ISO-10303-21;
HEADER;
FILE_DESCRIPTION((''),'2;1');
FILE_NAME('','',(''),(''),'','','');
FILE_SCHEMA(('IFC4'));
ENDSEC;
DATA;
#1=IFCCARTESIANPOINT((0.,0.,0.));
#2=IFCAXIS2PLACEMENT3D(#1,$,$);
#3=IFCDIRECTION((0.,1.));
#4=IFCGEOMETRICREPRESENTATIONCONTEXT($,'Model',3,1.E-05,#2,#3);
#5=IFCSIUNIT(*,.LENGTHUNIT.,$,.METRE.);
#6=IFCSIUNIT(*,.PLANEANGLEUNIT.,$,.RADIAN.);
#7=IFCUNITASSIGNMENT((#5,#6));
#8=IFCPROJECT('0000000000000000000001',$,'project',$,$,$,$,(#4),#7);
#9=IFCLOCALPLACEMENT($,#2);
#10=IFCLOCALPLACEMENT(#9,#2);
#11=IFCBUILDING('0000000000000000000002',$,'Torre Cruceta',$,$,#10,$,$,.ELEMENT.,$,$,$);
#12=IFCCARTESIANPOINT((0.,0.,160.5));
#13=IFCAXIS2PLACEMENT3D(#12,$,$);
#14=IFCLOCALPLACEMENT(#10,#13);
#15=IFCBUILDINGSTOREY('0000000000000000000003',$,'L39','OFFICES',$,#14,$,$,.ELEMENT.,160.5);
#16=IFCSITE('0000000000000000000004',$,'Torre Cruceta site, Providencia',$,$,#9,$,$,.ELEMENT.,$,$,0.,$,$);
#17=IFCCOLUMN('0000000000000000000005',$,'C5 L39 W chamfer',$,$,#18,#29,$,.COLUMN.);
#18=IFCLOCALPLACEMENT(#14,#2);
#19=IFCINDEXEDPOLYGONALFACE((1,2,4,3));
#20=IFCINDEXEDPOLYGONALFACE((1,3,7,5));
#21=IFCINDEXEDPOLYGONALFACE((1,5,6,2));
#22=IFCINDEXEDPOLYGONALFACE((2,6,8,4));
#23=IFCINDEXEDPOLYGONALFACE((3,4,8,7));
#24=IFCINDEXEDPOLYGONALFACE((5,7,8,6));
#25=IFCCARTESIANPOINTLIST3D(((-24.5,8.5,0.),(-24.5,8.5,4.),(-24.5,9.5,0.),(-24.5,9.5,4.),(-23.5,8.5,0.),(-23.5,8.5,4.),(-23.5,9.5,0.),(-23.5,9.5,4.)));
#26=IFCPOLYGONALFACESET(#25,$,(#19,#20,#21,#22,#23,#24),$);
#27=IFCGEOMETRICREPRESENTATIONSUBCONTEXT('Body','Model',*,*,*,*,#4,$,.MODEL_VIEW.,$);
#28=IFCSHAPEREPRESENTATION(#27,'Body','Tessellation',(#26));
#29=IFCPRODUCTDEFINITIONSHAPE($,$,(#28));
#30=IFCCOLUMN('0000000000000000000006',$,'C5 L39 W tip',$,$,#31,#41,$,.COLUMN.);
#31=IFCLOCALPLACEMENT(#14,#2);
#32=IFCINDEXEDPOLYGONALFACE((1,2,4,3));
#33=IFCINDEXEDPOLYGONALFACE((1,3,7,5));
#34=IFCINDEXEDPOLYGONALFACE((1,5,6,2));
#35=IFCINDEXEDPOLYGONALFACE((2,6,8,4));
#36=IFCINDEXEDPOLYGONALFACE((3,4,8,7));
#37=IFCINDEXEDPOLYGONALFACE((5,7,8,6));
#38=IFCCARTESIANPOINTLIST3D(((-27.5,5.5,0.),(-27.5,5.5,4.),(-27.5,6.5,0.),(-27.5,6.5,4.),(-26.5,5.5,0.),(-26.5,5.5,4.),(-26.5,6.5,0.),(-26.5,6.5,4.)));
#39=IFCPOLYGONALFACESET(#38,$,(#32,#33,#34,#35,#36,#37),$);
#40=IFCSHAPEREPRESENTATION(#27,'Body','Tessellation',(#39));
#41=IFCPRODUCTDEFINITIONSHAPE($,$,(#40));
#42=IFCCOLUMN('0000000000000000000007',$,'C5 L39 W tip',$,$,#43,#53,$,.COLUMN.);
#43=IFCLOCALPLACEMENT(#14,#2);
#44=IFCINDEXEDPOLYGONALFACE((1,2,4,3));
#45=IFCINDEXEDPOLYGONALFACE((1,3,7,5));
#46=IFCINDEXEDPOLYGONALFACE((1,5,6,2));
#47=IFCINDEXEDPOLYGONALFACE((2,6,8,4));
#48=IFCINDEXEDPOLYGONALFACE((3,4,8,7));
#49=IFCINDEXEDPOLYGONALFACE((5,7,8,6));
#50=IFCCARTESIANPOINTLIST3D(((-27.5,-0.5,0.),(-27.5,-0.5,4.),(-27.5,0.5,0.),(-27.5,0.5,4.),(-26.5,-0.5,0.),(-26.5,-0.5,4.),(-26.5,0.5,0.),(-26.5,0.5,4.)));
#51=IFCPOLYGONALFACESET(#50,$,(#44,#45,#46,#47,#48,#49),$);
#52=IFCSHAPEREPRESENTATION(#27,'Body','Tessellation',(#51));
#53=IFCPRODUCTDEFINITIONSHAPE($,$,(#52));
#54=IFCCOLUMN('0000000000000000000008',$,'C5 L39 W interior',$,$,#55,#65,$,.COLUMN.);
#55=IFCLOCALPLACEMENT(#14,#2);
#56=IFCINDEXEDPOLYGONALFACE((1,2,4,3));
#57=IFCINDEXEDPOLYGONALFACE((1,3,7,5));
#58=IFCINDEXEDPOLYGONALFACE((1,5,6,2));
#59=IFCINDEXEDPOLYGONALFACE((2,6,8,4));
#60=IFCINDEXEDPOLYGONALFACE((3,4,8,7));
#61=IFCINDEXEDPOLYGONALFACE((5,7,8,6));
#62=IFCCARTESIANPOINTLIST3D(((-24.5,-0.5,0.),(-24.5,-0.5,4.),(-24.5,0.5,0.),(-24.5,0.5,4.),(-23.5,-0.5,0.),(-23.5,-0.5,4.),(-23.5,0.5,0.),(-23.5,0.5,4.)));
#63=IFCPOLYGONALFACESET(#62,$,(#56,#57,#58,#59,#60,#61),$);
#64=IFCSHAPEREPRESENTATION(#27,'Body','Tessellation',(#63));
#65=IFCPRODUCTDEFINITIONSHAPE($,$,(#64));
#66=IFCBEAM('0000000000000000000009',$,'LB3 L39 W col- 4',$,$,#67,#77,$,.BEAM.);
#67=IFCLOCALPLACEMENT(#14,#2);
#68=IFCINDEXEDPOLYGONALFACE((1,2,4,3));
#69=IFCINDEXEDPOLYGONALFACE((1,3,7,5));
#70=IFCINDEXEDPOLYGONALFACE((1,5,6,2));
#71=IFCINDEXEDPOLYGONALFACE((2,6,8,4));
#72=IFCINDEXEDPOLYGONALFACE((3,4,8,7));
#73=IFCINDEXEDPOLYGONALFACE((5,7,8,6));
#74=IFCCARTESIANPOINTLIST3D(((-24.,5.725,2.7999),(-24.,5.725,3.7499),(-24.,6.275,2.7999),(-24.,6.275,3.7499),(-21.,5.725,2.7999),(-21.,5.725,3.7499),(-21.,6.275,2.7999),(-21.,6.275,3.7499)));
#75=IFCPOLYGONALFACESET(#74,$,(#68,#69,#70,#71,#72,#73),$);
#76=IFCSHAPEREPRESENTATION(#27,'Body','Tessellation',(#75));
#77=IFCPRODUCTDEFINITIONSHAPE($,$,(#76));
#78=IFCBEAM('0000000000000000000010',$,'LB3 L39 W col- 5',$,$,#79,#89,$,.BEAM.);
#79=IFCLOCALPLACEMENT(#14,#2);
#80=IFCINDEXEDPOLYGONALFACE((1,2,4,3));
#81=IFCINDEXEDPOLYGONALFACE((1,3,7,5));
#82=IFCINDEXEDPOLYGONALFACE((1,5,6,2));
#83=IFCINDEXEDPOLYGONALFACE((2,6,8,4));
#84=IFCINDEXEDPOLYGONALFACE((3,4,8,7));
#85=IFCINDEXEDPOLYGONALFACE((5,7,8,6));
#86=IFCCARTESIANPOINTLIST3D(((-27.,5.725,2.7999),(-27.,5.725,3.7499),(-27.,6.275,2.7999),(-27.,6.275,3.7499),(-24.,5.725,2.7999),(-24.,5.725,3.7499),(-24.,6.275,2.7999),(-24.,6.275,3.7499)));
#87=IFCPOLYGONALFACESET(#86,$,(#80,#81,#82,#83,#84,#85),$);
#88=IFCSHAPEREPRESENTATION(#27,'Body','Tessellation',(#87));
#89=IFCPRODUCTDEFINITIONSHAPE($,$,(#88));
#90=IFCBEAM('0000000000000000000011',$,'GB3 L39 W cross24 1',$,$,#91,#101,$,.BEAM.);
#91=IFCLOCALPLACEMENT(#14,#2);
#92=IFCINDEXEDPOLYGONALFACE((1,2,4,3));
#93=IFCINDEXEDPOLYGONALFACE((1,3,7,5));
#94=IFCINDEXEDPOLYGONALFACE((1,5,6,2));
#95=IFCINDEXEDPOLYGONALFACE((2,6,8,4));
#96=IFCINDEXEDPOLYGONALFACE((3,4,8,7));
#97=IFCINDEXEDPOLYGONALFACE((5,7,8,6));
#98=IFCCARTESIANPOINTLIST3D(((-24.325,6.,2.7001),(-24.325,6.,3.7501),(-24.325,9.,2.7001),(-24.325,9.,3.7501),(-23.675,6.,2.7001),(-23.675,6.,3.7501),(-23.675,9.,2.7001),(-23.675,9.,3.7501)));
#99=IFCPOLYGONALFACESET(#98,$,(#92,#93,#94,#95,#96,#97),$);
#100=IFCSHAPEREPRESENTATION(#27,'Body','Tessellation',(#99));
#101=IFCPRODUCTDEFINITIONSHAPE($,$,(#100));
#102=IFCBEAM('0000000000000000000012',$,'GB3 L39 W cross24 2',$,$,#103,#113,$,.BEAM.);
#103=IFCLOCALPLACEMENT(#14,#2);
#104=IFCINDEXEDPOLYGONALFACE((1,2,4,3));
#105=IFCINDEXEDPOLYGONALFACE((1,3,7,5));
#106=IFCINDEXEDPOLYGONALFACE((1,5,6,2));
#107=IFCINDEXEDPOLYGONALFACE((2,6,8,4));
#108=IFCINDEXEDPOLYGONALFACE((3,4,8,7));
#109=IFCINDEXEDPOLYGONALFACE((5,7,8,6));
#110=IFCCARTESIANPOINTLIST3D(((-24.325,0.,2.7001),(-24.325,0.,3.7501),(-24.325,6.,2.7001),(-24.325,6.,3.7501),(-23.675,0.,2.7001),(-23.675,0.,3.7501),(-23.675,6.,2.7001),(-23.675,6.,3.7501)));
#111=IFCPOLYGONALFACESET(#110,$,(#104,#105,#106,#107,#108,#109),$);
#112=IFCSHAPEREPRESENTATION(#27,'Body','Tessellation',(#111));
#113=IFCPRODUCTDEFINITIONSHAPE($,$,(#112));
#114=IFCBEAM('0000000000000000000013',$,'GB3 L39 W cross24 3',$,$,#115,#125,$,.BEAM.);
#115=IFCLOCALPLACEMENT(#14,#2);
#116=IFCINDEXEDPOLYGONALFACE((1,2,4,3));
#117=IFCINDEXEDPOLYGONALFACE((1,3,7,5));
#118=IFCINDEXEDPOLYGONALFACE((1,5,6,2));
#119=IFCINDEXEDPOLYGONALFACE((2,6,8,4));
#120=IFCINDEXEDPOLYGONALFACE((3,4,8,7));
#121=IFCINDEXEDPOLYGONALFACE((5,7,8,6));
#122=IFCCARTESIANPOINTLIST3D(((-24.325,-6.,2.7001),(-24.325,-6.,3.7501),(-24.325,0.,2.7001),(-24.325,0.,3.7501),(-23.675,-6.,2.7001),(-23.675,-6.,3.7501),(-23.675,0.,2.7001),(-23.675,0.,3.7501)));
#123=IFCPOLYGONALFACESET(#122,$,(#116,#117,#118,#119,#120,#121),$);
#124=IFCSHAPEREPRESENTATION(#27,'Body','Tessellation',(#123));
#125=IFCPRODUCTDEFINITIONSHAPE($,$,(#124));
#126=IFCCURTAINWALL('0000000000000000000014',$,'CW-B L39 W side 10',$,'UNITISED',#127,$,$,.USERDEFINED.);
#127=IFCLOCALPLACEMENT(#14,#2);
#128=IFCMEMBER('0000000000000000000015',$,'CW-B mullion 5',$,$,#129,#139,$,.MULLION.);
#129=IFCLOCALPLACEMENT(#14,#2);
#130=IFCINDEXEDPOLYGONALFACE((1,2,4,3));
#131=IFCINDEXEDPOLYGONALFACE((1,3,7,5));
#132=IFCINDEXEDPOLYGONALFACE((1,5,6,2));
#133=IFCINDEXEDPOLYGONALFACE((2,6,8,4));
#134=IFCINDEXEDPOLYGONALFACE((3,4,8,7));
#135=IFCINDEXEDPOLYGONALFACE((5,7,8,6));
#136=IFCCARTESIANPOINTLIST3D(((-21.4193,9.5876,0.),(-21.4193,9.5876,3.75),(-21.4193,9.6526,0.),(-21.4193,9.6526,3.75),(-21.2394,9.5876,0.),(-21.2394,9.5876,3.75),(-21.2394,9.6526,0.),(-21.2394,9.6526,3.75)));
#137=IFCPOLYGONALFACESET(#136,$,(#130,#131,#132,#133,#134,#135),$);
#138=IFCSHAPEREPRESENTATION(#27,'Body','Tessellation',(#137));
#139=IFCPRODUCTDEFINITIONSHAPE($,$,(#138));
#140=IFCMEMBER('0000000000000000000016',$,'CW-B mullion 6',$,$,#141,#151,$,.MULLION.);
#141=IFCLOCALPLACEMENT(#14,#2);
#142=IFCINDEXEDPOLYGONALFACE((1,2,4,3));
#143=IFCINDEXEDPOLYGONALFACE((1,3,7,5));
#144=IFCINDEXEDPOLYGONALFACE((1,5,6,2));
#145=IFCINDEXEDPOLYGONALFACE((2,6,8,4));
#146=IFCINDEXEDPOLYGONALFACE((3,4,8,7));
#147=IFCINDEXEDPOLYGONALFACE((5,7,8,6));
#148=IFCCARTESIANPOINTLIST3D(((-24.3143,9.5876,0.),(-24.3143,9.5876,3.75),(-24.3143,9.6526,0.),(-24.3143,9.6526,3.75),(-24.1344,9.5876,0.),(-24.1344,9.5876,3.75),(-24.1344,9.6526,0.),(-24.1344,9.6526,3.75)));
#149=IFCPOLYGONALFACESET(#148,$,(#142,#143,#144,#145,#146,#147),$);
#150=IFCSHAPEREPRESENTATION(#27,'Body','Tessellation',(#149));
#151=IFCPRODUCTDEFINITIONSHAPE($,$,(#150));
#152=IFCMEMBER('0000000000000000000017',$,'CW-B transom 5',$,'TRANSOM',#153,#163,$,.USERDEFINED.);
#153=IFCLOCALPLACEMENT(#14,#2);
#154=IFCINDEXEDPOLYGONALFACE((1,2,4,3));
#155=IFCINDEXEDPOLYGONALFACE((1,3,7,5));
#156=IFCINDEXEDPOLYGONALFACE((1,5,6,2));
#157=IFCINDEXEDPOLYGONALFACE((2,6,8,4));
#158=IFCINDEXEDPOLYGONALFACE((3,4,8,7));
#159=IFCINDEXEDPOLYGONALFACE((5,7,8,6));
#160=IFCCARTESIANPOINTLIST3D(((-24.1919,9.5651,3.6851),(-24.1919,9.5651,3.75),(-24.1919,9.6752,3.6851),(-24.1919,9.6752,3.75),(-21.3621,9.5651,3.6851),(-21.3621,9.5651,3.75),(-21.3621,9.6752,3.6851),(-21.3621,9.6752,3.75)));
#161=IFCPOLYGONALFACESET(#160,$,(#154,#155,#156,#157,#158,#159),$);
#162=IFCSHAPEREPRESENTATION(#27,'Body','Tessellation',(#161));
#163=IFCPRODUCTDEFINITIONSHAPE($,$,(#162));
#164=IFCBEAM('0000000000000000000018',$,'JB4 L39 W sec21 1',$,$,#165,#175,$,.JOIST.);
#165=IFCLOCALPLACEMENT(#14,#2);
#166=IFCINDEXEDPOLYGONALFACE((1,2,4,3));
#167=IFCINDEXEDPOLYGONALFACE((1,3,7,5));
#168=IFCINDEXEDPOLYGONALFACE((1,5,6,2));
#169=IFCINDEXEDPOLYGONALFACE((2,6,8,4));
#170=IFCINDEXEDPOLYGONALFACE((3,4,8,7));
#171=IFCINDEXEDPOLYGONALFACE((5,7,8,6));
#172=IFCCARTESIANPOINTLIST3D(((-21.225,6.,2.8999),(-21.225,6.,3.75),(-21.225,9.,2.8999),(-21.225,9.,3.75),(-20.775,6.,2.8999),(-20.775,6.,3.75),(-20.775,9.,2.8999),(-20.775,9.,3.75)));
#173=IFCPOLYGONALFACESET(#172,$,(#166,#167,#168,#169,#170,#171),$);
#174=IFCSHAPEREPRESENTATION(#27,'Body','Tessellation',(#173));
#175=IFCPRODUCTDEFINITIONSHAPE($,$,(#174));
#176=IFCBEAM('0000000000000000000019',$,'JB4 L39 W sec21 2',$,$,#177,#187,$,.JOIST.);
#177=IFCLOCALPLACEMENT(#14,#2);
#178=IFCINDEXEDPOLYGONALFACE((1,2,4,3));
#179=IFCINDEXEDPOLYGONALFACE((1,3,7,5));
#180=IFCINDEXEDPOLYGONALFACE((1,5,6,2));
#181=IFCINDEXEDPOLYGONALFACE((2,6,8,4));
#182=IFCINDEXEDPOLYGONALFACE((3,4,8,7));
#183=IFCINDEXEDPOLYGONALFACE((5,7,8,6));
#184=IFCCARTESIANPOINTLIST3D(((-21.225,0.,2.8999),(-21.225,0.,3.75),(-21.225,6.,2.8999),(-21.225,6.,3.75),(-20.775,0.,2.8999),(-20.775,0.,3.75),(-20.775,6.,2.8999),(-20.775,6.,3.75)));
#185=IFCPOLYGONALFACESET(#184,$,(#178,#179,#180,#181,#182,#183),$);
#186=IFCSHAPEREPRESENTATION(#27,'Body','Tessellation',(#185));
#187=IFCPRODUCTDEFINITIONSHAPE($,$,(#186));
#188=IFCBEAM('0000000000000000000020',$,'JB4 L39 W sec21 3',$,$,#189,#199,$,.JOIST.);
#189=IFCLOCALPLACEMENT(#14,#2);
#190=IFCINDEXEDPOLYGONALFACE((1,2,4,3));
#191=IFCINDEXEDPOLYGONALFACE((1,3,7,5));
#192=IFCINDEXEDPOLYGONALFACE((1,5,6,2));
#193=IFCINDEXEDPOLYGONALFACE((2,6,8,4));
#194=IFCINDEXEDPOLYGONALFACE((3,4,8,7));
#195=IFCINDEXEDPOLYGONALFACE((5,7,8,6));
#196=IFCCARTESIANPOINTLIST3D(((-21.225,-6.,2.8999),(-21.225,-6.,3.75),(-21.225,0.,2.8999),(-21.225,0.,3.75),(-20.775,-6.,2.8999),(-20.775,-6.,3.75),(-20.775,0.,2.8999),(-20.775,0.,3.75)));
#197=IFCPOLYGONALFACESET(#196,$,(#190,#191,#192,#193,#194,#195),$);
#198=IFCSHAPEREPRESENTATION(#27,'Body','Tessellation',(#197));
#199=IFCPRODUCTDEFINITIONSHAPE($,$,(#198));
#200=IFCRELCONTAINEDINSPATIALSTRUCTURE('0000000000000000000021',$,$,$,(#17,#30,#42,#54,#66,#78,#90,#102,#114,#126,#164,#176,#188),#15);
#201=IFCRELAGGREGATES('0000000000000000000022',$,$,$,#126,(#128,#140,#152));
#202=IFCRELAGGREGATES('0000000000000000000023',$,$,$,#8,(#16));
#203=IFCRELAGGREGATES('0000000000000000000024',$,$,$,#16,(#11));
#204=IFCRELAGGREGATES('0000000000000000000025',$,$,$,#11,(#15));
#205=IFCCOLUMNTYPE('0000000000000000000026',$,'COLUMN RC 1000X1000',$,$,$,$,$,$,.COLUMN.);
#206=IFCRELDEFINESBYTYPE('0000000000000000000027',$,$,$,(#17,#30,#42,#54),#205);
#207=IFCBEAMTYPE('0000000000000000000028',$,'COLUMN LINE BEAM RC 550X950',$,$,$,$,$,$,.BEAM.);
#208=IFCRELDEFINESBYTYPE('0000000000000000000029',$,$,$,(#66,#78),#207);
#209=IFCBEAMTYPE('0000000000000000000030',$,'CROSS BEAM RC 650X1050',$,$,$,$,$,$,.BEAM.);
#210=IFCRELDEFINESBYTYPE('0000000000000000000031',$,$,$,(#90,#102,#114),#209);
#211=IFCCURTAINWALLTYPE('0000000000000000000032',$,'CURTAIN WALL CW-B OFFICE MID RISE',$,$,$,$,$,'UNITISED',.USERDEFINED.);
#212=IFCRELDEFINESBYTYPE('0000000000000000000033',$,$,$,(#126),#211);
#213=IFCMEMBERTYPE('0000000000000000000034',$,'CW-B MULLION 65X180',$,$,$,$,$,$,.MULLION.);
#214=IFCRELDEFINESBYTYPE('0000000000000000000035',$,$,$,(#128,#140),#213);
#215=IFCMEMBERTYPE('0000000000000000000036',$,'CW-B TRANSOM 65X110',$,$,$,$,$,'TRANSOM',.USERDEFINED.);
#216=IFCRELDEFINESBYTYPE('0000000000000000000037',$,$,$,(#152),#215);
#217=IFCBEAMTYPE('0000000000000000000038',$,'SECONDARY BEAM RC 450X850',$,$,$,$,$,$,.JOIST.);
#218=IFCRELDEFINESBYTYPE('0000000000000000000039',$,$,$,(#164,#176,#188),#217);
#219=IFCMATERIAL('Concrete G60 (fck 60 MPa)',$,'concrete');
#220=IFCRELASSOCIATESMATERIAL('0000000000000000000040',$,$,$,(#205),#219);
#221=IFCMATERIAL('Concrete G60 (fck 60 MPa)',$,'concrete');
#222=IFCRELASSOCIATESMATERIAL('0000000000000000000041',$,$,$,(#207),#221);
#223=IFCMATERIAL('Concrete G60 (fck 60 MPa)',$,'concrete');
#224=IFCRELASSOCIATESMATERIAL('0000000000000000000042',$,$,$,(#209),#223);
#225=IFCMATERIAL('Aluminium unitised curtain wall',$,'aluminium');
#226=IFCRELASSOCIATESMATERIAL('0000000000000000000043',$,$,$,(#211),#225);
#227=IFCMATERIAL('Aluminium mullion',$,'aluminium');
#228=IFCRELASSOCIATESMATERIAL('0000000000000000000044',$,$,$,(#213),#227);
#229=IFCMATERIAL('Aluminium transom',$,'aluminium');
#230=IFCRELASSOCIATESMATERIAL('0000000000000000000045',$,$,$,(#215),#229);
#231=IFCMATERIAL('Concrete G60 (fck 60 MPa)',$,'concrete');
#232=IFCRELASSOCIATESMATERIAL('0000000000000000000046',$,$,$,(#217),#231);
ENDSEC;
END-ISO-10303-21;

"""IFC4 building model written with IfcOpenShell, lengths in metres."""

from ifc_helpers import new_model, si_unit, direction, frame, origin, origin_2d, place, context, subcontext, project, spatial, rectangle, extrude, material, material_profile, profile_set, type_object, element, aggregate, save


model = new_model("IFC4")

# Units and contexts
model_context = context("Model", 3, precision=1e-05, world=origin(), true_north=direction((0.0, 1.0)))
body_context = subcontext(model_context, "Body", "Model", "MODEL_VIEW")
ifc_project = project(units=[si_unit("LENGTHUNIT", "METRE"), si_unit("PLANEANGLEUNIT", "RADIAN")], contexts=[model_context])

# Site, building, storey
site_placement = place(None, origin())
site = spatial("IfcSite", under=ifc_project, at=site_placement, Name="Torre Cruceta site, Providencia", CompositionType="ELEMENT", RefElevation=0.0)
building_placement = place(site_placement, origin())
building = spatial("IfcBuilding", under=site, at=building_placement, Name="Torre Cruceta", CompositionType="ELEMENT")
storey_placement = place(building_placement, frame((0.0, 0.0, 160.5)))
storey = spatial("IfcBuildingStorey", under=building, at=storey_placement, Name="L39", Description="OFFICES", CompositionType="ELEMENT", Elevation=160.5)

# Columns
ifc_material_1 = material(Name="Concrete G60 (fck 60 MPa)", Category="concrete")
ifc_material_profile_1 = material_profile(ifc_material_1, rectangle(XDim=1.0, YDim=1.0, at=origin_2d()), Name="RC 1000X1000")
ifc_profile_set_1 = profile_set([ifc_material_profile_1], Name="Concrete G60 (fck 60 MPa)")
column_type = type_object("IfcColumnType", Name="COLUMN RC 1000X1000", PredefinedType="COLUMN", material=ifc_profile_set_1)
for number, where, z_axis, x_axis, name in (
    (1, (-24.0, 9.0, 0.0), (0.0, 0.0, 1.0), (1.0, 0.0, 0.0), "C5 L39 W chamfer"),
    (2, (-27.0, 6.0, 0.0), (0.0, 0.0, 1.0), (1.0, 0.0, 0.0), "C5 L39 W tip"),
    (3, (-27.0, 0.0, 0.0), (0.0, 0.0, 1.0), (1.0, 0.0, 0.0), "C5 L39 W tip"),
    (4, (-24.0, 0.0, 0.0), (0.0, 0.0, 1.0), (1.0, 0.0, 0.0), "C5 L39 W interior"),
):
    element("IfcColumn", number, at=place(storey_placement, frame(where, z_axis=z_axis, x_axis=x_axis)), inside=storey, type_object=column_type, Name=name, PredefinedType="COLUMN", context=body_context, shape_type="SweptSolid", body=[
        extrude(rectangle(XDim=1.0, YDim=1.0, at=origin_2d()), origin(), (0.0, 0.0, 1.0), 4.0),
    ])

# Beams
ifc_material_2 = material(Name="Concrete G60 (fck 60 MPa)", Category="concrete")
ifc_material_profile_2 = material_profile(ifc_material_2, rectangle(XDim=0.55, YDim=0.95, at=origin_2d()), Name="RC 550X950")
ifc_profile_set_2 = profile_set([ifc_material_profile_2], Name="Concrete G60 (fck 60 MPa)")
beam_type_1 = type_object("IfcBeamType", Name="COLUMN LINE BEAM RC 550X950", PredefinedType="BEAM", material=ifc_profile_set_2)
for number, where, z_axis, x_axis, name in (
    (5, (-21.0, 6.0, 3.2749), (-1.0, 0.0, 0.0), (0.0, -1.0, 0.0), "LB3 L39 W col- 4"),
    (6, (-24.0, 6.0, 3.2749), (-1.0, 0.0, 0.0), (0.0, -1.0, 0.0), "LB3 L39 W col- 5"),
):
    element("IfcBeam", number, at=place(storey_placement, frame(where, z_axis=z_axis, x_axis=x_axis)), inside=storey, type_object=beam_type_1, Name=name, PredefinedType="BEAM", context=body_context, shape_type="SweptSolid", body=[
        extrude(rectangle(XDim=0.55, YDim=0.95, at=origin_2d()), origin(), (0.0, 0.0, 1.0), 3.0),
    ])
ifc_material_3 = material(Name="Concrete G60 (fck 60 MPa)", Category="concrete")
ifc_material_profile_3 = material_profile(ifc_material_3, rectangle(XDim=0.6499, YDim=1.05, at=origin_2d()), Name="RC 650X1050")
ifc_profile_set_3 = profile_set([ifc_material_profile_3], Name="Concrete G60 (fck 60 MPa)")
beam_type_2 = type_object("IfcBeamType", Name="CROSS BEAM RC 650X1050", PredefinedType="BEAM", material=ifc_profile_set_3)
beam_1_placement = place(storey_placement, frame((-24.0, 9.0, 3.2251), z_axis=(0.0, -1.0, 0.0), x_axis=(1.0, 0.0, 0.0)))
element("IfcBeam", 7, at=beam_1_placement, inside=storey, type_object=beam_type_2, Name="GB3 L39 W cross24 1", PredefinedType="BEAM", context=body_context, shape_type="SweptSolid", body=[
    extrude(rectangle(XDim=0.6499, YDim=1.05, at=origin_2d()), origin(), (0.0, 0.0, 1.0), 3.0),
])
for number, where, z_axis, x_axis, name in (
    (8, (-24.0, 6.0, 3.2251), (0.0, -1.0, 0.0), (1.0, 0.0, 0.0), "GB3 L39 W cross24 2"),
    (9, (-24.0, 0.0, 3.2251), (0.0, -1.0, 0.0), (1.0, 0.0, 0.0), "GB3 L39 W cross24 3"),
):
    element("IfcBeam", number, at=place(storey_placement, frame(where, z_axis=z_axis, x_axis=x_axis)), inside=storey, type_object=beam_type_2, Name=name, PredefinedType="BEAM", context=body_context, shape_type="SweptSolid", body=[
        extrude(rectangle(XDim=0.6499, YDim=1.05, at=origin_2d()), origin(), (0.0, 0.0, 1.0), 6.0),
    ])

# Curtain wall, members
ifc_material_4 = material(Name="Aluminium unitised curtain wall", Category="aluminium")
curtain_wall_type = type_object("IfcCurtainWallType", Name="CURTAIN WALL CW-B OFFICE MID RISE", ElementType="UNITISED", PredefinedType="USERDEFINED", material=ifc_material_4)
curtain_wall_placement = place(storey_placement, origin())
curtain_wall = element("IfcCurtainWall", 10, at=curtain_wall_placement, inside=storey, type_object=curtain_wall_type, Name="CW-B L39 W side 10", ObjectType="UNITISED", PredefinedType="USERDEFINED")
ifc_material_5 = material(Name="Aluminium mullion", Category="aluminium")
ifc_material_profile_4 = material_profile(ifc_material_5, rectangle(XDim=0.0649, YDim=0.1799, at=origin_2d()), Name="AL 65X180")
ifc_profile_set_4 = profile_set([ifc_material_profile_4], Name="Aluminium mullion")
member_type_1 = type_object("IfcMemberType", Name="CW-B MULLION 65X180", PredefinedType="MULLION", material=ifc_profile_set_4)
member_1_placement = place(storey_placement, frame((-21.3293, 9.6201, 0.0), z_axis=(0.0, 0.0, 1.0), x_axis=(0.0, -1.0, 0.0)))
member_1 = element("IfcMember", 11, at=member_1_placement, type_object=member_type_1, Name="CW-B mullion 5", PredefinedType="MULLION", context=body_context, shape_type="SweptSolid", body=[
    extrude(rectangle(XDim=0.0649, YDim=0.1799, at=origin_2d()), origin(), (0.0, 0.0, 1.0), 3.75),
])
member_2_placement = place(storey_placement, frame((-24.2244, 9.6201, 0.0), z_axis=(0.0, 0.0, 1.0), x_axis=(0.0, -1.0, 0.0)))
member_2 = element("IfcMember", 12, at=member_2_placement, type_object=member_type_1, Name="CW-B mullion 6", PredefinedType="MULLION", context=body_context, shape_type="SweptSolid", body=[
    extrude(rectangle(XDim=0.0649, YDim=0.1799, at=origin_2d()), origin(), (0.0, 0.0, 1.0), 3.75),
])
ifc_material_6 = material(Name="Aluminium transom", Category="aluminium")
ifc_material_profile_5 = material_profile(ifc_material_6, rectangle(XDim=0.1101, YDim=0.0649, at=origin_2d()), Name="AL 110X65")
ifc_profile_set_5 = profile_set([ifc_material_profile_5], Name="Aluminium transom")
member_type_2 = type_object("IfcMemberType", Name="CW-B TRANSOM 65X110", ElementType="TRANSOM", PredefinedType="USERDEFINED", material=ifc_profile_set_5)
member_3_placement = place(storey_placement, frame((-21.3621, 9.6201, 3.7175), z_axis=(-1.0, 0.0, 0.0), x_axis=(0.0, -1.0, 0.0)))
member_3 = element("IfcMember", 13, at=member_3_placement, type_object=member_type_2, Name="CW-B transom 5", ObjectType="TRANSOM", PredefinedType="USERDEFINED", context=body_context, shape_type="SweptSolid", body=[
    extrude(rectangle(XDim=0.1101, YDim=0.0649, at=origin_2d()), origin(), (0.0, 0.0, 1.0), 2.8298),
])

# Beams
ifc_material_7 = material(Name="Concrete G60 (fck 60 MPa)", Category="concrete")
ifc_material_profile_6 = material_profile(ifc_material_7, rectangle(XDim=0.45, YDim=0.8501, at=origin_2d()), Name="RC 450X850")
ifc_profile_set_6 = profile_set([ifc_material_profile_6], Name="Concrete G60 (fck 60 MPa)")
beam_type_3 = type_object("IfcBeamType", Name="SECONDARY BEAM RC 450X850", PredefinedType="JOIST", material=ifc_profile_set_6)
beam_2_placement = place(storey_placement, frame((-21.0, 9.0, 3.325), z_axis=(0.0, -1.0, 0.0), x_axis=(1.0, 0.0, 0.0)))
element("IfcBeam", 14, at=beam_2_placement, inside=storey, type_object=beam_type_3, Name="JB4 L39 W sec21 1", PredefinedType="JOIST", context=body_context, shape_type="SweptSolid", body=[
    extrude(rectangle(XDim=0.45, YDim=0.8501, at=origin_2d()), origin(), (0.0, 0.0, 1.0), 3.0),
])
for number, where, z_axis, x_axis, name in (
    (15, (-21.0, 6.0, 3.325), (0.0, -1.0, 0.0), (1.0, 0.0, 0.0), "JB4 L39 W sec21 2"),
    (16, (-21.0, 0.0, 3.325), (0.0, -1.0, 0.0), (1.0, 0.0, 0.0), "JB4 L39 W sec21 3"),
):
    element("IfcBeam", number, at=place(storey_placement, frame(where, z_axis=z_axis, x_axis=x_axis)), inside=storey, type_object=beam_type_3, Name=name, PredefinedType="JOIST", context=body_context, shape_type="SweptSolid", body=[
        extrude(rectangle(XDim=0.45, YDim=0.8501, at=origin_2d()), origin(), (0.0, 0.0, 1.0), 6.0),
    ])

aggregate(curtain_wall, [member_1, member_2, member_3])

save(model, "model.ifc")
